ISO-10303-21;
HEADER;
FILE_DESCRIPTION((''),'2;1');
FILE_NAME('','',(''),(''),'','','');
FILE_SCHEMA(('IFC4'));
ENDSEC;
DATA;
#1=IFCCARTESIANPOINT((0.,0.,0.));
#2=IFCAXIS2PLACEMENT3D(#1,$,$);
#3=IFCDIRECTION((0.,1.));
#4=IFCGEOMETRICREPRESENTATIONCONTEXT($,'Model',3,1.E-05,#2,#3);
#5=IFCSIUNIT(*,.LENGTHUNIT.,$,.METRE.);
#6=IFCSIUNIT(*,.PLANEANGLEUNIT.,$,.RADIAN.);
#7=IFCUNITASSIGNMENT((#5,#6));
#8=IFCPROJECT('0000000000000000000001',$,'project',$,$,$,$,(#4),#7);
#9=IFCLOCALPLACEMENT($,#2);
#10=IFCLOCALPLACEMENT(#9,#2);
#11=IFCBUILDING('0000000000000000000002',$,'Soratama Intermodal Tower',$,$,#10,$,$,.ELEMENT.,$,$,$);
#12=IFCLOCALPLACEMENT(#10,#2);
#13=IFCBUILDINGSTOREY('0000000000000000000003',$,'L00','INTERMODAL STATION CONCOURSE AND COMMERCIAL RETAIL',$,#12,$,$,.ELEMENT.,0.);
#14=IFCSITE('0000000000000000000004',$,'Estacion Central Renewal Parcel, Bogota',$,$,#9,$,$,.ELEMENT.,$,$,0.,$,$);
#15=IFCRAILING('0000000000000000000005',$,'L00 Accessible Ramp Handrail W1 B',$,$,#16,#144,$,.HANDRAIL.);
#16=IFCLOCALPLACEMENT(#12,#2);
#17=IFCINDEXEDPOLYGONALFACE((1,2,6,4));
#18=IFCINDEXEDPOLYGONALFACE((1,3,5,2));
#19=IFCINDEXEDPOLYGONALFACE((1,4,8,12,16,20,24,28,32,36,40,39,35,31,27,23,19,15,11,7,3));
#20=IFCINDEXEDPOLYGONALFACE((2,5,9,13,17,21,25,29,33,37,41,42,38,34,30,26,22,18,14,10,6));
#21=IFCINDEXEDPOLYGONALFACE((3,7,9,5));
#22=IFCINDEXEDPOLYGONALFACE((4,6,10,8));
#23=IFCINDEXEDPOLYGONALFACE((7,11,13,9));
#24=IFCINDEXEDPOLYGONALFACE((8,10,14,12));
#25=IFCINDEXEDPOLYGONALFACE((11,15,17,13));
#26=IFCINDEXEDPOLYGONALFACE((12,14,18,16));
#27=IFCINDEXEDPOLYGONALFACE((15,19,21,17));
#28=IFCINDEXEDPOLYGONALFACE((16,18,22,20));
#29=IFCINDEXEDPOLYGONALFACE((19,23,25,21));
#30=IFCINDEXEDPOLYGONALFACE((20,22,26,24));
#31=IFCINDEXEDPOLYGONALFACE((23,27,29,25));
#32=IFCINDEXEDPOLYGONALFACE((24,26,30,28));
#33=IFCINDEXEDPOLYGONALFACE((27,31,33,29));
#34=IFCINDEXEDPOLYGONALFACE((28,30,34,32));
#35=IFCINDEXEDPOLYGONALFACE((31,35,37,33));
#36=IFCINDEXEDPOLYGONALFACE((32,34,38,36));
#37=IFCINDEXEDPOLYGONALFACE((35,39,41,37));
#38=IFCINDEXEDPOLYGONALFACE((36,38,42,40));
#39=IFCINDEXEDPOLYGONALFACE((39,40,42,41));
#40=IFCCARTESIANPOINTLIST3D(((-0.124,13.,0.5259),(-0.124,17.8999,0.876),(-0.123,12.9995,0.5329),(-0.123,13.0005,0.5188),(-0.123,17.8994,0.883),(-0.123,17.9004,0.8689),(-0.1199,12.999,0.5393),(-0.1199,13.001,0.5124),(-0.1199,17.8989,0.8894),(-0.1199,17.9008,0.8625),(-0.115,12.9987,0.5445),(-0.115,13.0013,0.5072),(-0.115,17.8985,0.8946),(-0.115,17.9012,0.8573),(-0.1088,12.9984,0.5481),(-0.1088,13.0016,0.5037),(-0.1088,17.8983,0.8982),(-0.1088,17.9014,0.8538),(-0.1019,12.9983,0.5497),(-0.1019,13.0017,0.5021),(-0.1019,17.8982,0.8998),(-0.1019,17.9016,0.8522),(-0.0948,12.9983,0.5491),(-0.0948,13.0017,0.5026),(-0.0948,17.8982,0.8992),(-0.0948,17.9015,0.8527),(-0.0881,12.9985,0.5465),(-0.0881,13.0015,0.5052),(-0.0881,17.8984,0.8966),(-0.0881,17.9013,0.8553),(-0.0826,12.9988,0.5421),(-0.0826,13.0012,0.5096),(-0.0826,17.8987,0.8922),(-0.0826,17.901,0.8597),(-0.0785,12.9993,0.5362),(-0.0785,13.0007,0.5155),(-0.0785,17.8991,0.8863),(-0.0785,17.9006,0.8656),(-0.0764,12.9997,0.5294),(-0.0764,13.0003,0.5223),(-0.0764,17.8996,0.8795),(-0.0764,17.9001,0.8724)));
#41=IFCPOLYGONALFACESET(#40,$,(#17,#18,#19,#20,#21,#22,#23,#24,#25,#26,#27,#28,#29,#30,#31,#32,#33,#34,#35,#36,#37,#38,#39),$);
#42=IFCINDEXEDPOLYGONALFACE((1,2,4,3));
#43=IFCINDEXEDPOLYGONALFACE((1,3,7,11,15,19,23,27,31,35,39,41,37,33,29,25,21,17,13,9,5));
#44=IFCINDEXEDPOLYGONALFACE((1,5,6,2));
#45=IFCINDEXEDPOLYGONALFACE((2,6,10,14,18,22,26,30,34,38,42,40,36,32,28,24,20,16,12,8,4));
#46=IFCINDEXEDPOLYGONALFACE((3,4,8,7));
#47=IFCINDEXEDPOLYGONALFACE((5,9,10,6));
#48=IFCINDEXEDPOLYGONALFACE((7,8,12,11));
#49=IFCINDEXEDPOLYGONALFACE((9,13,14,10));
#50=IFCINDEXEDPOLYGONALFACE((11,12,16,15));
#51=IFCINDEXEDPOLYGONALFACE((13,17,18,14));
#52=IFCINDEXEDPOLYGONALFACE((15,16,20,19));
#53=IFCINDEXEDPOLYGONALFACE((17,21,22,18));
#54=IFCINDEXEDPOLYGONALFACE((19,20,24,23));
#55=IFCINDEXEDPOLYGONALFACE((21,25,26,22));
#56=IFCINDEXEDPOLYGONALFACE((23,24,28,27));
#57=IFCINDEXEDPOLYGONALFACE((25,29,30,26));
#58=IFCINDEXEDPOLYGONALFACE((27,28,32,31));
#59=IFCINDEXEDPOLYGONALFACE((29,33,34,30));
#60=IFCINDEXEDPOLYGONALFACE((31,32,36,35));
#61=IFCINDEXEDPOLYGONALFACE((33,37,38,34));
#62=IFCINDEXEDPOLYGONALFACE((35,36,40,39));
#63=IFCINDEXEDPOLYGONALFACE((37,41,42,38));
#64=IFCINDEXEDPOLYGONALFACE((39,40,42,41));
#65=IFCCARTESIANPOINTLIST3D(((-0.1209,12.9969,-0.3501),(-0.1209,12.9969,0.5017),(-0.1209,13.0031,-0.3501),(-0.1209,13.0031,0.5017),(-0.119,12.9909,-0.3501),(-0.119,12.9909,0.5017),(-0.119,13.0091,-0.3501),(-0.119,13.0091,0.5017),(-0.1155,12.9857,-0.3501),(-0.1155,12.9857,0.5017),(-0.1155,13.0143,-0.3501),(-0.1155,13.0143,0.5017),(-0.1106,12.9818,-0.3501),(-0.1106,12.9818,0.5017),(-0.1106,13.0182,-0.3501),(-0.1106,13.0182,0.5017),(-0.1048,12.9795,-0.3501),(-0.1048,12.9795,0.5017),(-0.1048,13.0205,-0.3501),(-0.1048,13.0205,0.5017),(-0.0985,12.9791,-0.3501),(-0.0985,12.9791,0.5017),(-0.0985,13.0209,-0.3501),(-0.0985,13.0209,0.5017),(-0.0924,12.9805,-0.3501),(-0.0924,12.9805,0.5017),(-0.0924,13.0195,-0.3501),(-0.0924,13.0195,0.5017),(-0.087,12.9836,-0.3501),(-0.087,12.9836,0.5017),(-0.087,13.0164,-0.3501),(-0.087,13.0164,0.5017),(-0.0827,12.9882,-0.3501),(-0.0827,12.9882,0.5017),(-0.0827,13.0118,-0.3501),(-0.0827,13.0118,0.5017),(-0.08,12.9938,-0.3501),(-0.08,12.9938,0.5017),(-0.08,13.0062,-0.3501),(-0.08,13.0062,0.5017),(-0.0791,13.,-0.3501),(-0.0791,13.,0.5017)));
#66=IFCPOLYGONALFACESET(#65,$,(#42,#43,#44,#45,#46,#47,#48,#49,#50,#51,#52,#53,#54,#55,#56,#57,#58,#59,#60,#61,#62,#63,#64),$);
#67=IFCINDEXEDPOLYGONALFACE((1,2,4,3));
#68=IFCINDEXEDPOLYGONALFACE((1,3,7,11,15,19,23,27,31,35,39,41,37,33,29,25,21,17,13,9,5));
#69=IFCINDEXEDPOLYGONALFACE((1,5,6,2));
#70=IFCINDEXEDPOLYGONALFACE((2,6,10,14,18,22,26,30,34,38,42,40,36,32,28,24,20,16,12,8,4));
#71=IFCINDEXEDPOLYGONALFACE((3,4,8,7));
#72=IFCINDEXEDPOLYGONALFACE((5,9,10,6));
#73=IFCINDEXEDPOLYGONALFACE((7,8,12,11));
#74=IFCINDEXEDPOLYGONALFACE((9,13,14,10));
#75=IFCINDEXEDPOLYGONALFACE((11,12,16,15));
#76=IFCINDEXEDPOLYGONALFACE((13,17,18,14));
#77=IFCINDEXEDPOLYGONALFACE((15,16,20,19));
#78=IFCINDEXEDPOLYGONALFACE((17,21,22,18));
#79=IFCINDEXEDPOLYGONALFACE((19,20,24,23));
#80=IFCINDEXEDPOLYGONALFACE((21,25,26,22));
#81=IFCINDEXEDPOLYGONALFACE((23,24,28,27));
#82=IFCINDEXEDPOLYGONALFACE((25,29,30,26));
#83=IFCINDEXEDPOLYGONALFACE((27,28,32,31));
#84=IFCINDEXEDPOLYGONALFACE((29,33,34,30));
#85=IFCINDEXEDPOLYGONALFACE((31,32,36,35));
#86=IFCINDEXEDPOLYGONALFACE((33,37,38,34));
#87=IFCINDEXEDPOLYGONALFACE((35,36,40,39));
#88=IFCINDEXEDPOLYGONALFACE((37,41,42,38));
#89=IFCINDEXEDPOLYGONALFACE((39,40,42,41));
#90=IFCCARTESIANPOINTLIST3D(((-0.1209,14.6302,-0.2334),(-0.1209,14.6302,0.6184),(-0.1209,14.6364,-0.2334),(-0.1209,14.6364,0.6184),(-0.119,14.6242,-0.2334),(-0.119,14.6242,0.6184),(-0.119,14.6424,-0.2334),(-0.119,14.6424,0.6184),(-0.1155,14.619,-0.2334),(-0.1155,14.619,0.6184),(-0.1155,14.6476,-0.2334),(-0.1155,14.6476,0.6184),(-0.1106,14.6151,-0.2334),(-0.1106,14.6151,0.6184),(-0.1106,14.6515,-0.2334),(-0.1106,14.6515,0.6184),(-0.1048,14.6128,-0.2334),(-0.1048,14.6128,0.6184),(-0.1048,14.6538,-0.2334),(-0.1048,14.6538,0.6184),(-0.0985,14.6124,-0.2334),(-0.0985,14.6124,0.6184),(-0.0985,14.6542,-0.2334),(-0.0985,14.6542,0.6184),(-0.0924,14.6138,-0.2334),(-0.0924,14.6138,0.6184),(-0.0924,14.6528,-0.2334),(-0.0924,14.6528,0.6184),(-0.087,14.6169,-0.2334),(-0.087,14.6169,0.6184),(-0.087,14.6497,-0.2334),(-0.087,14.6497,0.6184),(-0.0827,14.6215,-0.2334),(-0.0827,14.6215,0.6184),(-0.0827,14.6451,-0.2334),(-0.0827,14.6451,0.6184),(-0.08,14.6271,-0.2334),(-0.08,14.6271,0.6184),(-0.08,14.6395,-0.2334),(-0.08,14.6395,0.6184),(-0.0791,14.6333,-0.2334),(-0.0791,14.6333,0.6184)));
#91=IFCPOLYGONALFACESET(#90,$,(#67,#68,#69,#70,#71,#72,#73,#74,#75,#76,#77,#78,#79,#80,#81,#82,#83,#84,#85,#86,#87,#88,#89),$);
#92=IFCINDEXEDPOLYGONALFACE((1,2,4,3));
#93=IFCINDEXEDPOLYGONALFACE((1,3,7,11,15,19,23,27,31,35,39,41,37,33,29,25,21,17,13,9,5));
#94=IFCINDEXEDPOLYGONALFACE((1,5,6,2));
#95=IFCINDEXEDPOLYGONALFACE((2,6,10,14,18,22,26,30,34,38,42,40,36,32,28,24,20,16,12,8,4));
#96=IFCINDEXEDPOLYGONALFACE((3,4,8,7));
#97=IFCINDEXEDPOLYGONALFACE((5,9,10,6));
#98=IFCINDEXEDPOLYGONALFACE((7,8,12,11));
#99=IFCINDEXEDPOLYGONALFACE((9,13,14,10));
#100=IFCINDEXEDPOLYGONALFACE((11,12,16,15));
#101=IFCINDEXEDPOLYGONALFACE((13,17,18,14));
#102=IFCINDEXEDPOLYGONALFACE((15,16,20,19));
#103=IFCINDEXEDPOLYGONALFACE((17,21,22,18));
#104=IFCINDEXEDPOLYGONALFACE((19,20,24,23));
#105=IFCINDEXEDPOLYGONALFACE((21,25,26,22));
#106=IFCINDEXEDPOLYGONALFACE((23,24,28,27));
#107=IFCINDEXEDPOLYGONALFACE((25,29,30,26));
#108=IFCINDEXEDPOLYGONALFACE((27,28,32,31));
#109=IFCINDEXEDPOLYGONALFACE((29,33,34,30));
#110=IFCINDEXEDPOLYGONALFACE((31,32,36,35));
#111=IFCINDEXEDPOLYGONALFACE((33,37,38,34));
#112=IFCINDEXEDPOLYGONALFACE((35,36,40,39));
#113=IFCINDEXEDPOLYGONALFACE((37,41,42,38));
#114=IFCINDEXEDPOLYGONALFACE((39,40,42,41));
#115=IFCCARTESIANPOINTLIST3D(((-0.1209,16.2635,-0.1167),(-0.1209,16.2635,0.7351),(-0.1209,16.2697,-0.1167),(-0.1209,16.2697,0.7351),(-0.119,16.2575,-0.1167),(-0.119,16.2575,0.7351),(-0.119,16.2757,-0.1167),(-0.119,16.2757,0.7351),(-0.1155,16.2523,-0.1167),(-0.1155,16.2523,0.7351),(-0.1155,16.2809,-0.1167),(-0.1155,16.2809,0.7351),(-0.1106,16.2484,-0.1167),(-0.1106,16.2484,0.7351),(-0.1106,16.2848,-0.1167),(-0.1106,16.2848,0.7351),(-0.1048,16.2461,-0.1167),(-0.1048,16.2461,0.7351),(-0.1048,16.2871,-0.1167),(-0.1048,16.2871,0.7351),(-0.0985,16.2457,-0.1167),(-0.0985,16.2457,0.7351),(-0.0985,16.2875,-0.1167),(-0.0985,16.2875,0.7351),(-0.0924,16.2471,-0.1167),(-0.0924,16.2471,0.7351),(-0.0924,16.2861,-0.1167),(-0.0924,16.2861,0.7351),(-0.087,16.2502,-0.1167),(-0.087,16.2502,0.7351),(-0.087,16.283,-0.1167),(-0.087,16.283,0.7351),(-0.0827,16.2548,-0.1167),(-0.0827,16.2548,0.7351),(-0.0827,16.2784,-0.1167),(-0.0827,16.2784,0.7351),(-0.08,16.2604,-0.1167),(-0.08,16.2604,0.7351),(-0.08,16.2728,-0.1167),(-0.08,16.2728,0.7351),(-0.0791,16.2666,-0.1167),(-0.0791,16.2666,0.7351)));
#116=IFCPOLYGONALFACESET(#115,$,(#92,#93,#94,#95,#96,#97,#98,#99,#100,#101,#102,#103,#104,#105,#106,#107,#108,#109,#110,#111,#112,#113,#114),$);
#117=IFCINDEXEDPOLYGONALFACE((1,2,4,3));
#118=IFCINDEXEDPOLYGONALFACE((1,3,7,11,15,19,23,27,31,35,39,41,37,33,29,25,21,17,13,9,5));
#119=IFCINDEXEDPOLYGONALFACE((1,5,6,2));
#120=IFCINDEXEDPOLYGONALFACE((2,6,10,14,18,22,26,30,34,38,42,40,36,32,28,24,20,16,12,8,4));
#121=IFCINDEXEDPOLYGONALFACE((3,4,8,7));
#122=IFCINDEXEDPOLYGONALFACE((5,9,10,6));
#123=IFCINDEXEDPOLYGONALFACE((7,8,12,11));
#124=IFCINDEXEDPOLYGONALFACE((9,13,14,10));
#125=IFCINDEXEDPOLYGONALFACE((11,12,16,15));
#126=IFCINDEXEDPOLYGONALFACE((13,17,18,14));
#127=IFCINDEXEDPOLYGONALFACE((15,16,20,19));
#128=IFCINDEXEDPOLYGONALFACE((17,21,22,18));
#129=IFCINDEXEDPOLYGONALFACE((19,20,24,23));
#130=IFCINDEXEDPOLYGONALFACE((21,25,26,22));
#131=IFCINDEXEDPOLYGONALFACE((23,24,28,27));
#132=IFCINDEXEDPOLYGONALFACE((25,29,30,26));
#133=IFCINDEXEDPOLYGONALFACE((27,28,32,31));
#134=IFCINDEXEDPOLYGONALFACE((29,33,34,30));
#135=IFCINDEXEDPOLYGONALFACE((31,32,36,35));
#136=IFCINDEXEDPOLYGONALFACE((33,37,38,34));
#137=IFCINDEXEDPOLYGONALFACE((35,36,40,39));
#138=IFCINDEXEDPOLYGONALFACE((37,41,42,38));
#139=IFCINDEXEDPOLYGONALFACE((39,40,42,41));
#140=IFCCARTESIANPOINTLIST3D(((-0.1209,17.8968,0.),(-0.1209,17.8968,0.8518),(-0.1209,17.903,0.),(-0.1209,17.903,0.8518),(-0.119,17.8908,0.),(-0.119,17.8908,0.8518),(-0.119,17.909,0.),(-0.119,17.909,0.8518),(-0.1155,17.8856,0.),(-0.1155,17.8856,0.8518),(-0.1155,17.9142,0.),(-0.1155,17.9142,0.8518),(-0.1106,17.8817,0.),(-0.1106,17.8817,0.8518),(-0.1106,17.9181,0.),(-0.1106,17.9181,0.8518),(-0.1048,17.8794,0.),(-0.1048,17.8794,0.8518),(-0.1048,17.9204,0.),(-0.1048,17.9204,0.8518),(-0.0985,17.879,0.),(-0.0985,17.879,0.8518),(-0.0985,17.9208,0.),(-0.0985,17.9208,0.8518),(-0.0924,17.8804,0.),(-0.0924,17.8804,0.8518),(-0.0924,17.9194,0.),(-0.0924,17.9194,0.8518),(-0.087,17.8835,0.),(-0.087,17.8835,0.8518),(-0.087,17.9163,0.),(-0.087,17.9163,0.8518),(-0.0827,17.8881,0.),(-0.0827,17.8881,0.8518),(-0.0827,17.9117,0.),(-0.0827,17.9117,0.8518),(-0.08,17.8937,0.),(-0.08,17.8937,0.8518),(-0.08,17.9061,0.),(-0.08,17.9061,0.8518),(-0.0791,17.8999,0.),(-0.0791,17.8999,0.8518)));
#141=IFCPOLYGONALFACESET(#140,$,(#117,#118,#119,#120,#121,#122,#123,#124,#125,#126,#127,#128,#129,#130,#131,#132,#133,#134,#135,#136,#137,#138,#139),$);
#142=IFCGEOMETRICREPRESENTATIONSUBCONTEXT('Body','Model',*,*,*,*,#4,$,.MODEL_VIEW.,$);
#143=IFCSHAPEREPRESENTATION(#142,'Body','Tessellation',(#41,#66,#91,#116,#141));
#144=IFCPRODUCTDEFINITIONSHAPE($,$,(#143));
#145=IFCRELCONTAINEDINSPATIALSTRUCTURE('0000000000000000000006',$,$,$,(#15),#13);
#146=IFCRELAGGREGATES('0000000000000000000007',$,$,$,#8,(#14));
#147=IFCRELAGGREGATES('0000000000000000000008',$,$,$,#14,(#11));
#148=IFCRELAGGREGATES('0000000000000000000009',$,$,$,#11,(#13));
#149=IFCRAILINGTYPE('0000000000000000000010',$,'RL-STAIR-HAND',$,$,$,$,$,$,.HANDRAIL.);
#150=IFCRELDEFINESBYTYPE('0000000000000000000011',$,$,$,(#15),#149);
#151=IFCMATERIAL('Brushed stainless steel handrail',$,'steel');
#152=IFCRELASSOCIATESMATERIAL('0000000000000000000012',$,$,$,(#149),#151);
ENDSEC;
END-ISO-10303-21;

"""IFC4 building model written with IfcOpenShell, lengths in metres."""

from ifc_helpers import new_model, si_unit, direction, frame, origin, origin_2d, place, context, subcontext, project, spatial, circle, extrude, material, type_object, element, save


model = new_model("IFC4")

# Units and contexts
model_context = context("Model", 3, precision=1e-05, world=origin(), true_north=direction((0.0, 1.0)))
body_context = subcontext(model_context, "Body", "Model", "MODEL_VIEW")
ifc_project = project(units=[si_unit("LENGTHUNIT", "METRE"), si_unit("PLANEANGLEUNIT", "RADIAN")], contexts=[model_context])

# Site, building, storey
site_placement = place(None, origin())
site = spatial("IfcSite", under=ifc_project, at=site_placement, Name="Estacion Central Renewal Parcel, Bogota", CompositionType="ELEMENT", RefElevation=0.0)
building_placement = place(site_placement, origin())
building = spatial("IfcBuilding", under=site, at=building_placement, Name="Soratama Intermodal Tower", CompositionType="ELEMENT")
storey_placement = place(building_placement, origin())
storey = spatial("IfcBuildingStorey", under=building, at=storey_placement, Name="L00", Description="INTERMODAL STATION CONCOURSE AND COMMERCIAL RETAIL", CompositionType="ELEMENT", Elevation=0.0)

# Railing
ifc_material_1 = material(Name="Brushed stainless steel handrail", Category="steel")
railing_type = type_object("IfcRailingType", Name="RL-STAIR-HAND", PredefinedType="HANDRAIL", material=ifc_material_1)
for number, where, name in (
    (1, (-0.1001, 13.0, -0.3501), "L00 Accessible Ramp Handrail W1 B"),
):
    element("IfcRailing", number, at=place(storey_placement, frame(where)), inside=storey, type_object=railing_type, Name=name, PredefinedType="HANDRAIL", context=body_context, shape_type="SweptSolid", body=[
        extrude(circle(Radius=0.0239, at=origin_2d()), frame((0.0, 0.0, 0.876), z_axis=(0.0, 0.997457, 0.071268), x_axis=(-1.0, 0.0, 0.0)), (0.0, 0.0, 1.0), 4.9124),
        extrude(circle(Radius=0.021, at=origin_2d()), origin(), (0.0, 0.0, 1.0), 0.8518),
        extrude(circle(Radius=0.021, at=origin_2d()), frame((0.0, 1.6333, 0.1167)), (0.0, 0.0, 1.0), 0.8518),
        extrude(circle(Radius=0.021, at=origin_2d()), frame((0.0, 3.2666, 0.2334)), (0.0, 0.0, 1.0), 0.8518),
        extrude(circle(Radius=0.021, at=origin_2d()), frame((0.0, 4.8999, 0.3501)), (0.0, 0.0, 1.0), 0.8518),
    ])

save(model, "model.ifc")
